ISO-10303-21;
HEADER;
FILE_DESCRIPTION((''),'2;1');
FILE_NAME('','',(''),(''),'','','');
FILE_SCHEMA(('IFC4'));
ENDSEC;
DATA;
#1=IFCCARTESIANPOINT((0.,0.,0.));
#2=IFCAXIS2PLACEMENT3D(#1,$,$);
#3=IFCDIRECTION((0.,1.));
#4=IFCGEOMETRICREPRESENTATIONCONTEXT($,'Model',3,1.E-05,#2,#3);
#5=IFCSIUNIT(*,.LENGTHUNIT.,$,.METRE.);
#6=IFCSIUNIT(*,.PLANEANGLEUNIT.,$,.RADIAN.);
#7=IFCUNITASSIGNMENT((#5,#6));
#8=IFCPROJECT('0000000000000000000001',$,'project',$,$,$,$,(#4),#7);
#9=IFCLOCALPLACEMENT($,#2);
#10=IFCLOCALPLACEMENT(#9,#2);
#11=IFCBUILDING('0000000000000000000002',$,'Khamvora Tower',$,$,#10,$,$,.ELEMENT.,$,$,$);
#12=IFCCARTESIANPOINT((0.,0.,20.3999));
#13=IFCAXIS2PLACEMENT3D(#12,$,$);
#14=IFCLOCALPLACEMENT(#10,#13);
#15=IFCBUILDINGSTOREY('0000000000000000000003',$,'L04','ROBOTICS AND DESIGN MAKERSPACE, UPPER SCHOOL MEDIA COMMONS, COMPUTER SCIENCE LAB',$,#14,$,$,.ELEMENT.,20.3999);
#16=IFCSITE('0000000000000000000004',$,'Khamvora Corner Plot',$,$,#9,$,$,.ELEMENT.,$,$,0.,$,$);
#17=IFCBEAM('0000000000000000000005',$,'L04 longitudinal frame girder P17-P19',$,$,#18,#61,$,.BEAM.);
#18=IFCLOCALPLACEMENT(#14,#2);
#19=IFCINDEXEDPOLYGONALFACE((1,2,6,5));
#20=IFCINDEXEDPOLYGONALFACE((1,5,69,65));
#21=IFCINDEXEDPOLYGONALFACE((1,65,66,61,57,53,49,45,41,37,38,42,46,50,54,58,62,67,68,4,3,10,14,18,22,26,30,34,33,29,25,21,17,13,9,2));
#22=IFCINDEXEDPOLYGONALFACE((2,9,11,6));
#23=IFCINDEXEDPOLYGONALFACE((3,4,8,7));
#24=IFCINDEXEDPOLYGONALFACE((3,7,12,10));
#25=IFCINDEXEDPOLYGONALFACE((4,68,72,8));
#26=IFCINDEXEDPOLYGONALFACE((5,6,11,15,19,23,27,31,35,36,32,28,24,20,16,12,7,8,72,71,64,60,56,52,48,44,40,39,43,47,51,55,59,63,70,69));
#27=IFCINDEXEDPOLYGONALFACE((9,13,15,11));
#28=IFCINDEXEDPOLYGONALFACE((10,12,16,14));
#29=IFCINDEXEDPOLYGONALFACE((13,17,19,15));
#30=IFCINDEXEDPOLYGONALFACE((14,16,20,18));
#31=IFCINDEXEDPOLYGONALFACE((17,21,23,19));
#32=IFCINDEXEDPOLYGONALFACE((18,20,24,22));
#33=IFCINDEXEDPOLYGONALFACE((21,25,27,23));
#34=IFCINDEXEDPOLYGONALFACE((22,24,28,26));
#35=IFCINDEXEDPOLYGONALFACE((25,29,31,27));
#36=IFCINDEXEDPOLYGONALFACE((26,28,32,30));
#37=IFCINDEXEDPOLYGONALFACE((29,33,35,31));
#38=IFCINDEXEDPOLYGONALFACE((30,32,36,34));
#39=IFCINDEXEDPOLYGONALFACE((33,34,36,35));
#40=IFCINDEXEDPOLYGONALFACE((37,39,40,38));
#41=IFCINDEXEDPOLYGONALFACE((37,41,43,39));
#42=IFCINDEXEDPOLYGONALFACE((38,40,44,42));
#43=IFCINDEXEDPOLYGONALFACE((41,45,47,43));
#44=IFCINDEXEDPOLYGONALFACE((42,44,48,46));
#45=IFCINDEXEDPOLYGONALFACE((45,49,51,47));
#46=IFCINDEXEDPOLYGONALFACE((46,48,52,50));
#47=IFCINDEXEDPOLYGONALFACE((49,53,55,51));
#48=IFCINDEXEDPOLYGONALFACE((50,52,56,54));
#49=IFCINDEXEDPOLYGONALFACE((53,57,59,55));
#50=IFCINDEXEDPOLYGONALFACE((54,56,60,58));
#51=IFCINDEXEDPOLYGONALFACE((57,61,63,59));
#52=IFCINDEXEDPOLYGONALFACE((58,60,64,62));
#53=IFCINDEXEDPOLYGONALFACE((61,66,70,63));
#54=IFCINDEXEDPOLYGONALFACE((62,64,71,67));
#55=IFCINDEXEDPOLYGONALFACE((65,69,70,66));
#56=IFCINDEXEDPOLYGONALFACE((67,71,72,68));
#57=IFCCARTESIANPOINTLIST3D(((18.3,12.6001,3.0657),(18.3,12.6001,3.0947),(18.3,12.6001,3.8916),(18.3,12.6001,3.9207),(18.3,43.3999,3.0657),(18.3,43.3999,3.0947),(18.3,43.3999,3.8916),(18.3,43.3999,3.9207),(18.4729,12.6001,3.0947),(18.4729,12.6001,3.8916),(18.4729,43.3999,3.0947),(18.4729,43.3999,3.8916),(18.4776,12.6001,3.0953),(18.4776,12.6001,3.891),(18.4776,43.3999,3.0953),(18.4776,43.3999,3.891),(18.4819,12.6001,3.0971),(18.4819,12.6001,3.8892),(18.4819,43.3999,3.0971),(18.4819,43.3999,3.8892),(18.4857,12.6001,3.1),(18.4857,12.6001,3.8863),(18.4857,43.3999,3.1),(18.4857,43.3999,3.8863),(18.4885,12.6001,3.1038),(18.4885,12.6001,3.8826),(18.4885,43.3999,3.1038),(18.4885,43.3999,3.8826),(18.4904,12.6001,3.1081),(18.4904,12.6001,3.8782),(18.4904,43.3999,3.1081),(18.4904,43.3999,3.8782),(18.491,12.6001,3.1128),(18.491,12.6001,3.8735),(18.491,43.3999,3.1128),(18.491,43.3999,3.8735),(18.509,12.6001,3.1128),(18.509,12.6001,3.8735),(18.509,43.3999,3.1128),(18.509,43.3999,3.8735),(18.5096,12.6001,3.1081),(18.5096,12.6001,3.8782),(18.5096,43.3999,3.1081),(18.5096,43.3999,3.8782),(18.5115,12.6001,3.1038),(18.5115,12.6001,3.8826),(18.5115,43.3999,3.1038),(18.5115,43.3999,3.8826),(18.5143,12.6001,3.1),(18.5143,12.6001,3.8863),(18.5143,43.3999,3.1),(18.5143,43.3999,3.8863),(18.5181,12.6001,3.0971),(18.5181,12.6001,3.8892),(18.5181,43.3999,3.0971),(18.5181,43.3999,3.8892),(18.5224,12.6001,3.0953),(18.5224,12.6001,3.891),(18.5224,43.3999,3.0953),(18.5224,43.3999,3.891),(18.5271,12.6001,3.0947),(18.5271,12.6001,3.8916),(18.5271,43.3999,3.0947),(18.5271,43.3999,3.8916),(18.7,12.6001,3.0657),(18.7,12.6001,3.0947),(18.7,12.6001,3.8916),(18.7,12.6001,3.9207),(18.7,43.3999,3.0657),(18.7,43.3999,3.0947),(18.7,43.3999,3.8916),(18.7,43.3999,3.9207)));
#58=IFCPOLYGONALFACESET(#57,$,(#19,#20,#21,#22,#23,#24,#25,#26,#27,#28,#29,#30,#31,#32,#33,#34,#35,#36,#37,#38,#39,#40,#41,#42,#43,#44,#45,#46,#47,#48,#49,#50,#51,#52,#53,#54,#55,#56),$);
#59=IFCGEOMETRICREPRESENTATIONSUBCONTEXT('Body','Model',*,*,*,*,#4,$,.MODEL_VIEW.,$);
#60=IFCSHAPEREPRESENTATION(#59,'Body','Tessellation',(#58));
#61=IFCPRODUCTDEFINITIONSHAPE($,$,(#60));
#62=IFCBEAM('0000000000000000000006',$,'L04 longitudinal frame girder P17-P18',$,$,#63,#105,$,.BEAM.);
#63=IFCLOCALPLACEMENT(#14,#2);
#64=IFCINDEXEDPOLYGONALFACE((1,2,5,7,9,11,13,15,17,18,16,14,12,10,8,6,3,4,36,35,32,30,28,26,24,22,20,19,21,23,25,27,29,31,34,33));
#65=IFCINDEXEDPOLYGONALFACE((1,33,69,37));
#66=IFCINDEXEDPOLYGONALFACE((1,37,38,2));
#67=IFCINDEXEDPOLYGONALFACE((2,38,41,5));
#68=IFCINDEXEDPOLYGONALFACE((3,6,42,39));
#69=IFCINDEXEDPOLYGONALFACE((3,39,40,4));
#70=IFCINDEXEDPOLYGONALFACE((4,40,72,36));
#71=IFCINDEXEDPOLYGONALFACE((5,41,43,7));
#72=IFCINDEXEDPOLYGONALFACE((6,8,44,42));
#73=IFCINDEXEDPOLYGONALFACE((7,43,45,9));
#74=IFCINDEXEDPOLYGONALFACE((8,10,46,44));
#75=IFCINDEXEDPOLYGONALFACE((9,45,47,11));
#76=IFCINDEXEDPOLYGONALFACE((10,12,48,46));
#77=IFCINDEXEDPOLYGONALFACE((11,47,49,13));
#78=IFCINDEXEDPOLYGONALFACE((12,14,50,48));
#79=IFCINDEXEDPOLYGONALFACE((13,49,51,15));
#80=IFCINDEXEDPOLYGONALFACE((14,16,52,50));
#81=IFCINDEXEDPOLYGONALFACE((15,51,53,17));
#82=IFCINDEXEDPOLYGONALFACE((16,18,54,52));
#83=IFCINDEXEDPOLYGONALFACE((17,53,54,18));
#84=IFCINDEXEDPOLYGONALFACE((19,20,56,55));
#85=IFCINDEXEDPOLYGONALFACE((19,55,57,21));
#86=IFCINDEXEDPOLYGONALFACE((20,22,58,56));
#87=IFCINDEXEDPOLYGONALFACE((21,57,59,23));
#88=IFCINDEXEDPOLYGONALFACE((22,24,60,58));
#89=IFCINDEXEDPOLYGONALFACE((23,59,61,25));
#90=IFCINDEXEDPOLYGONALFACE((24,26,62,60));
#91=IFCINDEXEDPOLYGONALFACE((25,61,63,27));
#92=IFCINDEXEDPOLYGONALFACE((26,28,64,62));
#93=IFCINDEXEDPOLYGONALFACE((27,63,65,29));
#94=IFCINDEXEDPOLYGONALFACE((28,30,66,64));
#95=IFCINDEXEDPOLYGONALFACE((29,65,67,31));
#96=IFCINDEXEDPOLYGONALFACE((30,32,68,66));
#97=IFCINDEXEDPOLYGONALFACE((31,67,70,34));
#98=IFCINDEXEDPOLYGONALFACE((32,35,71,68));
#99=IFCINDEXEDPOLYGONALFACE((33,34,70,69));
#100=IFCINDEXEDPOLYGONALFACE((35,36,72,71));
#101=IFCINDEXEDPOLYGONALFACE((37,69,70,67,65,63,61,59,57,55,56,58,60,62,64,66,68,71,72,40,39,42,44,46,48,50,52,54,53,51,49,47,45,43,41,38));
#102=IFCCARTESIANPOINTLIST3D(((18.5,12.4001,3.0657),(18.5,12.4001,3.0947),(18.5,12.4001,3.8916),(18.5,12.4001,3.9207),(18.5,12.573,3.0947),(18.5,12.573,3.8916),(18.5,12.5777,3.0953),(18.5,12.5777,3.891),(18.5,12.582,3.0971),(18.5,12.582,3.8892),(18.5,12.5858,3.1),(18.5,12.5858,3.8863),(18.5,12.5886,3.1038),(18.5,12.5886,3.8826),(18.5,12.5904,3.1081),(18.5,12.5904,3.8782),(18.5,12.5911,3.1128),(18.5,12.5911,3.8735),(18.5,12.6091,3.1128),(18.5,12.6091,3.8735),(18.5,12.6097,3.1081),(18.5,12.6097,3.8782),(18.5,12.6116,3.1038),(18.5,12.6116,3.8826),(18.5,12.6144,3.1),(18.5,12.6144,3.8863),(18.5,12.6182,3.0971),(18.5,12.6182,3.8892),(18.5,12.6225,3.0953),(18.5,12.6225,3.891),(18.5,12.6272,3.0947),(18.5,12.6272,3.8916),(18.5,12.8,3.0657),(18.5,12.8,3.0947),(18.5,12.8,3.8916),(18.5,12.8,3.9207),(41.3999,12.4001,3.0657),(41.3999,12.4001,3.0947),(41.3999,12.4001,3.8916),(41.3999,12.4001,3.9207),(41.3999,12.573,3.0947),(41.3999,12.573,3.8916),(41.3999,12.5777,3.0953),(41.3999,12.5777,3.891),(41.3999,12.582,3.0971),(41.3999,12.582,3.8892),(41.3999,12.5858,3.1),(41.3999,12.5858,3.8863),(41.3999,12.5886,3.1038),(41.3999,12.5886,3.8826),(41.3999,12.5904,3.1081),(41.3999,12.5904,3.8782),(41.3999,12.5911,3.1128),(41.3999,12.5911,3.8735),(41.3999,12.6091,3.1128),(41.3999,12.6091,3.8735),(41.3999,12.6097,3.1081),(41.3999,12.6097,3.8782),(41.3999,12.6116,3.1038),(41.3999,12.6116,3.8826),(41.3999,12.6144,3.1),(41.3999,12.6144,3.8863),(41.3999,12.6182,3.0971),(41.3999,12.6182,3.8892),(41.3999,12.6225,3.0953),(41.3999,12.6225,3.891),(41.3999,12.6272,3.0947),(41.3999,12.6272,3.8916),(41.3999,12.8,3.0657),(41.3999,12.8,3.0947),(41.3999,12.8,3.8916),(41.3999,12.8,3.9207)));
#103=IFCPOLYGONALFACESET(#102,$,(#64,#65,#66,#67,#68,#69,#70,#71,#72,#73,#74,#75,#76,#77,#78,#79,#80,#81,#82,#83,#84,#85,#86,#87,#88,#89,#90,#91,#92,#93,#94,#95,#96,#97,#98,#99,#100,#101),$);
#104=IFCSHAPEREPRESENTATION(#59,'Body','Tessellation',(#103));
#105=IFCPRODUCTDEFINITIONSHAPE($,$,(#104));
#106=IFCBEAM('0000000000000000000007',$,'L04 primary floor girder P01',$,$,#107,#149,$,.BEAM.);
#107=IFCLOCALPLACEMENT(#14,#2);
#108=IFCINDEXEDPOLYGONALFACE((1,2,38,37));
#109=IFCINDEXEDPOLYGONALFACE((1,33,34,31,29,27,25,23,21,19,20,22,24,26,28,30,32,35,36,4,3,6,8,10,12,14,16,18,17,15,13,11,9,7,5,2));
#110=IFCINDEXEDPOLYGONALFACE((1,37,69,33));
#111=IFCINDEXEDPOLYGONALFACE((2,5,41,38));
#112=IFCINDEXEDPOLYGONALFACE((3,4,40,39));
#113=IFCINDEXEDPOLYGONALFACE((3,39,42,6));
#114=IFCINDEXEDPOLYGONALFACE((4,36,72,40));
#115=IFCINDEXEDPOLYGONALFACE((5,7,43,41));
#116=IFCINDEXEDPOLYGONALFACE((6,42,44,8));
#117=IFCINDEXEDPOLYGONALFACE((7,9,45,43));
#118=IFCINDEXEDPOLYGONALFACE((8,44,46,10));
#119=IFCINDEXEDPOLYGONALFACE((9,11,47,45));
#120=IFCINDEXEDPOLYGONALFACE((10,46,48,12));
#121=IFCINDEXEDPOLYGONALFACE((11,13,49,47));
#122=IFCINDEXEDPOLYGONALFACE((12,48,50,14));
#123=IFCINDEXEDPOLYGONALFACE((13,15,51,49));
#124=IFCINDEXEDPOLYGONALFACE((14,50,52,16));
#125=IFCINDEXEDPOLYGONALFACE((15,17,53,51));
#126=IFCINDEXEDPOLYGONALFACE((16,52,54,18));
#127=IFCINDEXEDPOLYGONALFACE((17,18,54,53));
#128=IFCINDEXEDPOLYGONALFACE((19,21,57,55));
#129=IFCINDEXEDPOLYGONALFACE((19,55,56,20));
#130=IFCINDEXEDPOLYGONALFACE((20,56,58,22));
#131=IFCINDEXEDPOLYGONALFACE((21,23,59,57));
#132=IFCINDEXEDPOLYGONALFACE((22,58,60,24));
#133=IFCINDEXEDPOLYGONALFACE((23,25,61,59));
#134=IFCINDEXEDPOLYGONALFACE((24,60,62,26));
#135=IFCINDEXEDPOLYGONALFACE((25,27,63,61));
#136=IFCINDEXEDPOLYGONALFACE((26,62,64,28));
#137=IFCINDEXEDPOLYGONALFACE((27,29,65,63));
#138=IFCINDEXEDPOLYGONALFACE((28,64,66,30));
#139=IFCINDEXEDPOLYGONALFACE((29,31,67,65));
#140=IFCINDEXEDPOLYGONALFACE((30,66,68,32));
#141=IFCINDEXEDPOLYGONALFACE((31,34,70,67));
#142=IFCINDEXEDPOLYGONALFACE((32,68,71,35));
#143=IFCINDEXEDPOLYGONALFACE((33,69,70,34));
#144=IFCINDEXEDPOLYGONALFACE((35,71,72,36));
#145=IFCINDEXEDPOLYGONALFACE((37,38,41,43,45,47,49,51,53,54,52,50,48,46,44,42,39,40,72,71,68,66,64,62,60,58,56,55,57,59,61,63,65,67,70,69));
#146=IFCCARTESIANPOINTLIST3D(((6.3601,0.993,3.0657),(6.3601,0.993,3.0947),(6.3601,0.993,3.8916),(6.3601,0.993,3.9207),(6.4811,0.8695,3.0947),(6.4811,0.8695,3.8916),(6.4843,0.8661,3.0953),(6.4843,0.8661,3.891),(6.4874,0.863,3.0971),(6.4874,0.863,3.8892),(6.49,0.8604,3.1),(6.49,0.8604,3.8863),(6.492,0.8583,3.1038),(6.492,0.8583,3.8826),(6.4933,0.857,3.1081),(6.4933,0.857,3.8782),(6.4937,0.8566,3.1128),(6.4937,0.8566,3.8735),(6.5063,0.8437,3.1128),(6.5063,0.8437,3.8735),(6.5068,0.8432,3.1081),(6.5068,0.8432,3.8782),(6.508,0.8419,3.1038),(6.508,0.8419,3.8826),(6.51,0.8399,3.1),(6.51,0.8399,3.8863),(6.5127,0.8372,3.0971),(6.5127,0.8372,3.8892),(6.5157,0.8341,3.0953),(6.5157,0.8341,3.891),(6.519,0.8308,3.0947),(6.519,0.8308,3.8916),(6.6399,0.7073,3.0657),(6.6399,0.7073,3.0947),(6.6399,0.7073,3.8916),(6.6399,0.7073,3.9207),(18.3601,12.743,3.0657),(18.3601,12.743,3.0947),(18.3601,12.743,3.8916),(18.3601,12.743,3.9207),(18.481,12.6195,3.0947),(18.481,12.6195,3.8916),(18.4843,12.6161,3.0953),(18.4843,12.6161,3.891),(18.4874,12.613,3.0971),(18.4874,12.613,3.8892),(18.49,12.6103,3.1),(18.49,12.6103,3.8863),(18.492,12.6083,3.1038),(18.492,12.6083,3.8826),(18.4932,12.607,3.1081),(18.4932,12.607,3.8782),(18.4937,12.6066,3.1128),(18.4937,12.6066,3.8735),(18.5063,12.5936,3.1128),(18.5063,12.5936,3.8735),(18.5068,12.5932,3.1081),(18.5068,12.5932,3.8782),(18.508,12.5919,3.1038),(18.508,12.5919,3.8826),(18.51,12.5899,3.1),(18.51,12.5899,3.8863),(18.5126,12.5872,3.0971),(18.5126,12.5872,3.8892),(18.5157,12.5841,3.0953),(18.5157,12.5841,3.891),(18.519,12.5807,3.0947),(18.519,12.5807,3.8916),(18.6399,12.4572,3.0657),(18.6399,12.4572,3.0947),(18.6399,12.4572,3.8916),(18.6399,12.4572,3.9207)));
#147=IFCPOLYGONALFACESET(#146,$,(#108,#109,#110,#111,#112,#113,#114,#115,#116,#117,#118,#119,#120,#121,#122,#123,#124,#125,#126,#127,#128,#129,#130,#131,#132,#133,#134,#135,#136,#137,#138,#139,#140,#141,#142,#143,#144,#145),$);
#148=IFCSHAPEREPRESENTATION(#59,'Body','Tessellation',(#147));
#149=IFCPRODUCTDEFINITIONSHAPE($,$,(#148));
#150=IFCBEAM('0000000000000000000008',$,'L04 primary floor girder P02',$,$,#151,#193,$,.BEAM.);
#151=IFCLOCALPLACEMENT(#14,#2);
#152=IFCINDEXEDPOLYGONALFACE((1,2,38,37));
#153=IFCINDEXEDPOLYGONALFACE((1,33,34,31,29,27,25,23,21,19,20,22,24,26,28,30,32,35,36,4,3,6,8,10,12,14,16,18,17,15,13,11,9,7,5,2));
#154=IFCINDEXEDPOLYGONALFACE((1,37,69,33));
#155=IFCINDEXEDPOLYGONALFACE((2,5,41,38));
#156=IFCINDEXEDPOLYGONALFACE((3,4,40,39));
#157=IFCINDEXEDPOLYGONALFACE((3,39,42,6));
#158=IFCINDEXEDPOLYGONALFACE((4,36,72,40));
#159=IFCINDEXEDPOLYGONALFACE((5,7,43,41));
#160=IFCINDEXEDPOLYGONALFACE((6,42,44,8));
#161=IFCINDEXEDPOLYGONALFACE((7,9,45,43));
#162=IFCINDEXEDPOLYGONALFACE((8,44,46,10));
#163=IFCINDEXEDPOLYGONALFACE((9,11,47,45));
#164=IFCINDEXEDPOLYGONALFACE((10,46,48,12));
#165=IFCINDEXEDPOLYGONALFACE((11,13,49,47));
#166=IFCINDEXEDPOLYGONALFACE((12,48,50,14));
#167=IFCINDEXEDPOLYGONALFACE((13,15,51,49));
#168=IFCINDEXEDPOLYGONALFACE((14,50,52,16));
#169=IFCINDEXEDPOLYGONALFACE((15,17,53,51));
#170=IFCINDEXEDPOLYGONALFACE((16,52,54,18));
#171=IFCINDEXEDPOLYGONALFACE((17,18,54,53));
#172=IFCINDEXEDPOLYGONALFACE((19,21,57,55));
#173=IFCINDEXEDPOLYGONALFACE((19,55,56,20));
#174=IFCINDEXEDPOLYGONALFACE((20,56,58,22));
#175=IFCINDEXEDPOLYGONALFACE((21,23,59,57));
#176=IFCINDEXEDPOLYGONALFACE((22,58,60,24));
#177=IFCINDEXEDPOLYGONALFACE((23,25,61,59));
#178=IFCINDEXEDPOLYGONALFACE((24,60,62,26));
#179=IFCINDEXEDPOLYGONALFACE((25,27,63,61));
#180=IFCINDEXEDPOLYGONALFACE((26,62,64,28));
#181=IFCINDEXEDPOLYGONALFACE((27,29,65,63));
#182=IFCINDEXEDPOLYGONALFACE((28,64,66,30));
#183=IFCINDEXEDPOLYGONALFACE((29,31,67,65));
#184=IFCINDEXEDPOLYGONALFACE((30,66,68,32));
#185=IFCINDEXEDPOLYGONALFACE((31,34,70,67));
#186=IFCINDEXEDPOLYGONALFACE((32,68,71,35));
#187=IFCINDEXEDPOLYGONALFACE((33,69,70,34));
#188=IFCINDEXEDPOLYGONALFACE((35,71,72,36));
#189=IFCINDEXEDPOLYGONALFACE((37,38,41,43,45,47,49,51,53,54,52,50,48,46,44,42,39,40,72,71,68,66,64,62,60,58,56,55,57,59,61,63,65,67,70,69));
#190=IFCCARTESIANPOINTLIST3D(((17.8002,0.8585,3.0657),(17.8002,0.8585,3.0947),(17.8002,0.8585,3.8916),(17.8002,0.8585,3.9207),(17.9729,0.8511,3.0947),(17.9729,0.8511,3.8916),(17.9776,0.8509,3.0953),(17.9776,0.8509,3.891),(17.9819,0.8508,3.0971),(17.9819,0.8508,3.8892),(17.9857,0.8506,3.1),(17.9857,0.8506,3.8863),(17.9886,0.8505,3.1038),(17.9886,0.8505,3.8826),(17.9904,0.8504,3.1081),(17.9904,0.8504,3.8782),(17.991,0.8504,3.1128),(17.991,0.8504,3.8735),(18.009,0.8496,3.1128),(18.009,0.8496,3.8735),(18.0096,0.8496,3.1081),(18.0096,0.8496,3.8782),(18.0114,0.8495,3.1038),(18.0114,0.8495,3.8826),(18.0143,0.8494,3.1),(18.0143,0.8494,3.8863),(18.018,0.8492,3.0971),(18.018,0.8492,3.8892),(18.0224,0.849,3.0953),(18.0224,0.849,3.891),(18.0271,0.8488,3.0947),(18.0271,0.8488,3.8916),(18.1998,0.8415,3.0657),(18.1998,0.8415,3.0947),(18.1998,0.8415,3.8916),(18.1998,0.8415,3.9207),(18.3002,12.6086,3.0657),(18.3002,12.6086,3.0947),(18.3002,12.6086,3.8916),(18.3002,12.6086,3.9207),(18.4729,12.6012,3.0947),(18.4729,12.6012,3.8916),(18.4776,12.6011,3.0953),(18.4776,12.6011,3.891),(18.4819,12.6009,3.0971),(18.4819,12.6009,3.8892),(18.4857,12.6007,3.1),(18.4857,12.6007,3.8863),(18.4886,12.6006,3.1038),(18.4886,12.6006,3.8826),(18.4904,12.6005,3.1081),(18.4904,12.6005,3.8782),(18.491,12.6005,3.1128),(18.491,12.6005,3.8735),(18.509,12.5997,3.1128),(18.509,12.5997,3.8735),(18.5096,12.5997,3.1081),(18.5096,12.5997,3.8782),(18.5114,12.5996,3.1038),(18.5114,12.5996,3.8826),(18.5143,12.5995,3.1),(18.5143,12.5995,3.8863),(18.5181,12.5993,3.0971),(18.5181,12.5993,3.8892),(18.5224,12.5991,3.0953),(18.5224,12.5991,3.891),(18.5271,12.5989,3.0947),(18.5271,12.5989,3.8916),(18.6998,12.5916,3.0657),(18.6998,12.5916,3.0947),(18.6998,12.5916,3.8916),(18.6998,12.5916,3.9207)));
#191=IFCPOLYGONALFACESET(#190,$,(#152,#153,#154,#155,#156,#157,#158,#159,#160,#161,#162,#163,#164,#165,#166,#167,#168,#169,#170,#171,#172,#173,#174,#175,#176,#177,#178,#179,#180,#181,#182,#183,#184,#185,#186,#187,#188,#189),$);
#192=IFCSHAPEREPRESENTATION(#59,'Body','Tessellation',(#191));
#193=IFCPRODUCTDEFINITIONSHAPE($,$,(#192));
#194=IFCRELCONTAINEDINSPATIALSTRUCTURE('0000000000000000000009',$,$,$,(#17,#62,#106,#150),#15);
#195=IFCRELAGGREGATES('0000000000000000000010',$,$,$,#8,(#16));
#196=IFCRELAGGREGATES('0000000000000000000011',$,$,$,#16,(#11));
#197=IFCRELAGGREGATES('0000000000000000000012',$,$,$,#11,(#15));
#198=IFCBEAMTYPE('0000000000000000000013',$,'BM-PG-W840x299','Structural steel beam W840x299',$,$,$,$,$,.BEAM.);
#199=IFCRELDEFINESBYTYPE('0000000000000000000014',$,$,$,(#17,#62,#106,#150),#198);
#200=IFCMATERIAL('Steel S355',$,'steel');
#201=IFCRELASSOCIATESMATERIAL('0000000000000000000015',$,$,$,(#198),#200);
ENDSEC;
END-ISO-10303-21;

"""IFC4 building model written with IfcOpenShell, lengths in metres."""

from ifc_helpers import new_model, si_unit, direction, frame, origin, origin_2d, place, context, subcontext, project, spatial, i_section, extrude, material, material_profile, profile_set, type_object, element, save


model = new_model("IFC4")

# Units and contexts
model_context = context("Model", 3, precision=1e-05, world=origin(), true_north=direction((0.0, 1.0)))
body_context = subcontext(model_context, "Body", "Model", "MODEL_VIEW")
ifc_project = project(units=[si_unit("LENGTHUNIT", "METRE"), si_unit("PLANEANGLEUNIT", "RADIAN")], contexts=[model_context])

# Site, building, storey
site_placement = place(None, origin())
site = spatial("IfcSite", under=ifc_project, at=site_placement, Name="Khamvora Corner Plot", CompositionType="ELEMENT", RefElevation=0.0)
building_placement = place(site_placement, origin())
building = spatial("IfcBuilding", under=site, at=building_placement, Name="Khamvora Tower", CompositionType="ELEMENT")
storey_placement = place(building_placement, frame((0.0, 0.0, 20.3999)))
storey = spatial("IfcBuildingStorey", under=building, at=storey_placement, Name="L04", Description="ROBOTICS AND DESIGN MAKERSPACE, UPPER SCHOOL MEDIA COMMONS, COMPUTER SCIENCE LAB", CompositionType="ELEMENT", Elevation=20.3999)

# Beams
ifc_material_1 = material(Name="Steel S355", Category="steel")
ifc_material_profile_1 = material_profile(ifc_material_1, i_section(OverallWidth=0.3999, OverallDepth=0.855, WebThickness=0.0181, FlangeThickness=0.0291, FilletRadius=0.0181, at=origin_2d()), Name="W840x299")
ifc_profile_set_1 = profile_set([ifc_material_profile_1], Name="Steel S355")
beam_type_1 = type_object("IfcBeamType", Name="BM-PG-W840x299", Description="Structural steel beam W840x299", PredefinedType="BEAM", material=ifc_profile_set_1)
beam_1_placement = place(storey_placement, frame((18.5, 12.6001, 3.4932), z_axis=(0.0, 1.0, 0.0), x_axis=(-1.0, 0.0, 0.0)))
element("IfcBeam", 1, at=beam_1_placement, inside=storey, type_object=beam_type_1, Name="L04 longitudinal frame girder P17-P19", PredefinedType="BEAM", context=body_context, shape_type="SweptSolid", body=[
    extrude(i_section(OverallWidth=0.3999, OverallDepth=0.855, WebThickness=0.0181, FlangeThickness=0.0291, FilletRadius=0.0181, at=origin_2d()), origin(), (0.0, 0.0, 1.0), 30.7998),
])
beam_2_placement = place(storey_placement, frame((18.5, 12.6001, 3.4932), z_axis=(1.0, 0.0, 0.0), x_axis=(0.0, 1.0, 0.0)))
element("IfcBeam", 2, at=beam_2_placement, inside=storey, type_object=beam_type_1, Name="L04 longitudinal frame girder P17-P18", PredefinedType="BEAM", context=body_context, shape_type="SweptSolid", body=[
    extrude(i_section(OverallWidth=0.3999, OverallDepth=0.855, WebThickness=0.0181, FlangeThickness=0.0291, FilletRadius=0.0181, at=origin_2d()), origin(), (0.0, 0.0, 1.0), 22.8999),
])
beam_3_placement = place(storey_placement, frame((18.5, 12.6001, 3.4932), z_axis=(-0.71451, -0.699625, 0.0), x_axis=(0.699625, -0.71451, 0.0)))
element("IfcBeam", 3, at=beam_3_placement, inside=storey, type_object=beam_type_1, Name="L04 primary floor girder P01", PredefinedType="BEAM", context=body_context, shape_type="SweptSolid", body=[
    extrude(i_section(OverallWidth=0.3999, OverallDepth=0.855, WebThickness=0.0181, FlangeThickness=0.0291, FilletRadius=0.0181, at=origin_2d()), origin(), (0.0, 0.0, 1.0), 16.7947),
])
beam_4_placement = place(storey_placement, frame((18.5, 12.6001, 3.4932), z_axis=(-0.042515, -0.999096, 0.0), x_axis=(0.999096, -0.042515, 0.0)))
element("IfcBeam", 4, at=beam_4_placement, inside=storey, type_object=beam_type_1, Name="L04 primary floor girder P02", PredefinedType="BEAM", context=body_context, shape_type="SweptSolid", body=[
    extrude(i_section(OverallWidth=0.3999, OverallDepth=0.855, WebThickness=0.0181, FlangeThickness=0.0291, FilletRadius=0.0181, at=origin_2d()), origin(), (0.0, 0.0, 1.0), 11.7607),
])

save(model, "model.ifc")
